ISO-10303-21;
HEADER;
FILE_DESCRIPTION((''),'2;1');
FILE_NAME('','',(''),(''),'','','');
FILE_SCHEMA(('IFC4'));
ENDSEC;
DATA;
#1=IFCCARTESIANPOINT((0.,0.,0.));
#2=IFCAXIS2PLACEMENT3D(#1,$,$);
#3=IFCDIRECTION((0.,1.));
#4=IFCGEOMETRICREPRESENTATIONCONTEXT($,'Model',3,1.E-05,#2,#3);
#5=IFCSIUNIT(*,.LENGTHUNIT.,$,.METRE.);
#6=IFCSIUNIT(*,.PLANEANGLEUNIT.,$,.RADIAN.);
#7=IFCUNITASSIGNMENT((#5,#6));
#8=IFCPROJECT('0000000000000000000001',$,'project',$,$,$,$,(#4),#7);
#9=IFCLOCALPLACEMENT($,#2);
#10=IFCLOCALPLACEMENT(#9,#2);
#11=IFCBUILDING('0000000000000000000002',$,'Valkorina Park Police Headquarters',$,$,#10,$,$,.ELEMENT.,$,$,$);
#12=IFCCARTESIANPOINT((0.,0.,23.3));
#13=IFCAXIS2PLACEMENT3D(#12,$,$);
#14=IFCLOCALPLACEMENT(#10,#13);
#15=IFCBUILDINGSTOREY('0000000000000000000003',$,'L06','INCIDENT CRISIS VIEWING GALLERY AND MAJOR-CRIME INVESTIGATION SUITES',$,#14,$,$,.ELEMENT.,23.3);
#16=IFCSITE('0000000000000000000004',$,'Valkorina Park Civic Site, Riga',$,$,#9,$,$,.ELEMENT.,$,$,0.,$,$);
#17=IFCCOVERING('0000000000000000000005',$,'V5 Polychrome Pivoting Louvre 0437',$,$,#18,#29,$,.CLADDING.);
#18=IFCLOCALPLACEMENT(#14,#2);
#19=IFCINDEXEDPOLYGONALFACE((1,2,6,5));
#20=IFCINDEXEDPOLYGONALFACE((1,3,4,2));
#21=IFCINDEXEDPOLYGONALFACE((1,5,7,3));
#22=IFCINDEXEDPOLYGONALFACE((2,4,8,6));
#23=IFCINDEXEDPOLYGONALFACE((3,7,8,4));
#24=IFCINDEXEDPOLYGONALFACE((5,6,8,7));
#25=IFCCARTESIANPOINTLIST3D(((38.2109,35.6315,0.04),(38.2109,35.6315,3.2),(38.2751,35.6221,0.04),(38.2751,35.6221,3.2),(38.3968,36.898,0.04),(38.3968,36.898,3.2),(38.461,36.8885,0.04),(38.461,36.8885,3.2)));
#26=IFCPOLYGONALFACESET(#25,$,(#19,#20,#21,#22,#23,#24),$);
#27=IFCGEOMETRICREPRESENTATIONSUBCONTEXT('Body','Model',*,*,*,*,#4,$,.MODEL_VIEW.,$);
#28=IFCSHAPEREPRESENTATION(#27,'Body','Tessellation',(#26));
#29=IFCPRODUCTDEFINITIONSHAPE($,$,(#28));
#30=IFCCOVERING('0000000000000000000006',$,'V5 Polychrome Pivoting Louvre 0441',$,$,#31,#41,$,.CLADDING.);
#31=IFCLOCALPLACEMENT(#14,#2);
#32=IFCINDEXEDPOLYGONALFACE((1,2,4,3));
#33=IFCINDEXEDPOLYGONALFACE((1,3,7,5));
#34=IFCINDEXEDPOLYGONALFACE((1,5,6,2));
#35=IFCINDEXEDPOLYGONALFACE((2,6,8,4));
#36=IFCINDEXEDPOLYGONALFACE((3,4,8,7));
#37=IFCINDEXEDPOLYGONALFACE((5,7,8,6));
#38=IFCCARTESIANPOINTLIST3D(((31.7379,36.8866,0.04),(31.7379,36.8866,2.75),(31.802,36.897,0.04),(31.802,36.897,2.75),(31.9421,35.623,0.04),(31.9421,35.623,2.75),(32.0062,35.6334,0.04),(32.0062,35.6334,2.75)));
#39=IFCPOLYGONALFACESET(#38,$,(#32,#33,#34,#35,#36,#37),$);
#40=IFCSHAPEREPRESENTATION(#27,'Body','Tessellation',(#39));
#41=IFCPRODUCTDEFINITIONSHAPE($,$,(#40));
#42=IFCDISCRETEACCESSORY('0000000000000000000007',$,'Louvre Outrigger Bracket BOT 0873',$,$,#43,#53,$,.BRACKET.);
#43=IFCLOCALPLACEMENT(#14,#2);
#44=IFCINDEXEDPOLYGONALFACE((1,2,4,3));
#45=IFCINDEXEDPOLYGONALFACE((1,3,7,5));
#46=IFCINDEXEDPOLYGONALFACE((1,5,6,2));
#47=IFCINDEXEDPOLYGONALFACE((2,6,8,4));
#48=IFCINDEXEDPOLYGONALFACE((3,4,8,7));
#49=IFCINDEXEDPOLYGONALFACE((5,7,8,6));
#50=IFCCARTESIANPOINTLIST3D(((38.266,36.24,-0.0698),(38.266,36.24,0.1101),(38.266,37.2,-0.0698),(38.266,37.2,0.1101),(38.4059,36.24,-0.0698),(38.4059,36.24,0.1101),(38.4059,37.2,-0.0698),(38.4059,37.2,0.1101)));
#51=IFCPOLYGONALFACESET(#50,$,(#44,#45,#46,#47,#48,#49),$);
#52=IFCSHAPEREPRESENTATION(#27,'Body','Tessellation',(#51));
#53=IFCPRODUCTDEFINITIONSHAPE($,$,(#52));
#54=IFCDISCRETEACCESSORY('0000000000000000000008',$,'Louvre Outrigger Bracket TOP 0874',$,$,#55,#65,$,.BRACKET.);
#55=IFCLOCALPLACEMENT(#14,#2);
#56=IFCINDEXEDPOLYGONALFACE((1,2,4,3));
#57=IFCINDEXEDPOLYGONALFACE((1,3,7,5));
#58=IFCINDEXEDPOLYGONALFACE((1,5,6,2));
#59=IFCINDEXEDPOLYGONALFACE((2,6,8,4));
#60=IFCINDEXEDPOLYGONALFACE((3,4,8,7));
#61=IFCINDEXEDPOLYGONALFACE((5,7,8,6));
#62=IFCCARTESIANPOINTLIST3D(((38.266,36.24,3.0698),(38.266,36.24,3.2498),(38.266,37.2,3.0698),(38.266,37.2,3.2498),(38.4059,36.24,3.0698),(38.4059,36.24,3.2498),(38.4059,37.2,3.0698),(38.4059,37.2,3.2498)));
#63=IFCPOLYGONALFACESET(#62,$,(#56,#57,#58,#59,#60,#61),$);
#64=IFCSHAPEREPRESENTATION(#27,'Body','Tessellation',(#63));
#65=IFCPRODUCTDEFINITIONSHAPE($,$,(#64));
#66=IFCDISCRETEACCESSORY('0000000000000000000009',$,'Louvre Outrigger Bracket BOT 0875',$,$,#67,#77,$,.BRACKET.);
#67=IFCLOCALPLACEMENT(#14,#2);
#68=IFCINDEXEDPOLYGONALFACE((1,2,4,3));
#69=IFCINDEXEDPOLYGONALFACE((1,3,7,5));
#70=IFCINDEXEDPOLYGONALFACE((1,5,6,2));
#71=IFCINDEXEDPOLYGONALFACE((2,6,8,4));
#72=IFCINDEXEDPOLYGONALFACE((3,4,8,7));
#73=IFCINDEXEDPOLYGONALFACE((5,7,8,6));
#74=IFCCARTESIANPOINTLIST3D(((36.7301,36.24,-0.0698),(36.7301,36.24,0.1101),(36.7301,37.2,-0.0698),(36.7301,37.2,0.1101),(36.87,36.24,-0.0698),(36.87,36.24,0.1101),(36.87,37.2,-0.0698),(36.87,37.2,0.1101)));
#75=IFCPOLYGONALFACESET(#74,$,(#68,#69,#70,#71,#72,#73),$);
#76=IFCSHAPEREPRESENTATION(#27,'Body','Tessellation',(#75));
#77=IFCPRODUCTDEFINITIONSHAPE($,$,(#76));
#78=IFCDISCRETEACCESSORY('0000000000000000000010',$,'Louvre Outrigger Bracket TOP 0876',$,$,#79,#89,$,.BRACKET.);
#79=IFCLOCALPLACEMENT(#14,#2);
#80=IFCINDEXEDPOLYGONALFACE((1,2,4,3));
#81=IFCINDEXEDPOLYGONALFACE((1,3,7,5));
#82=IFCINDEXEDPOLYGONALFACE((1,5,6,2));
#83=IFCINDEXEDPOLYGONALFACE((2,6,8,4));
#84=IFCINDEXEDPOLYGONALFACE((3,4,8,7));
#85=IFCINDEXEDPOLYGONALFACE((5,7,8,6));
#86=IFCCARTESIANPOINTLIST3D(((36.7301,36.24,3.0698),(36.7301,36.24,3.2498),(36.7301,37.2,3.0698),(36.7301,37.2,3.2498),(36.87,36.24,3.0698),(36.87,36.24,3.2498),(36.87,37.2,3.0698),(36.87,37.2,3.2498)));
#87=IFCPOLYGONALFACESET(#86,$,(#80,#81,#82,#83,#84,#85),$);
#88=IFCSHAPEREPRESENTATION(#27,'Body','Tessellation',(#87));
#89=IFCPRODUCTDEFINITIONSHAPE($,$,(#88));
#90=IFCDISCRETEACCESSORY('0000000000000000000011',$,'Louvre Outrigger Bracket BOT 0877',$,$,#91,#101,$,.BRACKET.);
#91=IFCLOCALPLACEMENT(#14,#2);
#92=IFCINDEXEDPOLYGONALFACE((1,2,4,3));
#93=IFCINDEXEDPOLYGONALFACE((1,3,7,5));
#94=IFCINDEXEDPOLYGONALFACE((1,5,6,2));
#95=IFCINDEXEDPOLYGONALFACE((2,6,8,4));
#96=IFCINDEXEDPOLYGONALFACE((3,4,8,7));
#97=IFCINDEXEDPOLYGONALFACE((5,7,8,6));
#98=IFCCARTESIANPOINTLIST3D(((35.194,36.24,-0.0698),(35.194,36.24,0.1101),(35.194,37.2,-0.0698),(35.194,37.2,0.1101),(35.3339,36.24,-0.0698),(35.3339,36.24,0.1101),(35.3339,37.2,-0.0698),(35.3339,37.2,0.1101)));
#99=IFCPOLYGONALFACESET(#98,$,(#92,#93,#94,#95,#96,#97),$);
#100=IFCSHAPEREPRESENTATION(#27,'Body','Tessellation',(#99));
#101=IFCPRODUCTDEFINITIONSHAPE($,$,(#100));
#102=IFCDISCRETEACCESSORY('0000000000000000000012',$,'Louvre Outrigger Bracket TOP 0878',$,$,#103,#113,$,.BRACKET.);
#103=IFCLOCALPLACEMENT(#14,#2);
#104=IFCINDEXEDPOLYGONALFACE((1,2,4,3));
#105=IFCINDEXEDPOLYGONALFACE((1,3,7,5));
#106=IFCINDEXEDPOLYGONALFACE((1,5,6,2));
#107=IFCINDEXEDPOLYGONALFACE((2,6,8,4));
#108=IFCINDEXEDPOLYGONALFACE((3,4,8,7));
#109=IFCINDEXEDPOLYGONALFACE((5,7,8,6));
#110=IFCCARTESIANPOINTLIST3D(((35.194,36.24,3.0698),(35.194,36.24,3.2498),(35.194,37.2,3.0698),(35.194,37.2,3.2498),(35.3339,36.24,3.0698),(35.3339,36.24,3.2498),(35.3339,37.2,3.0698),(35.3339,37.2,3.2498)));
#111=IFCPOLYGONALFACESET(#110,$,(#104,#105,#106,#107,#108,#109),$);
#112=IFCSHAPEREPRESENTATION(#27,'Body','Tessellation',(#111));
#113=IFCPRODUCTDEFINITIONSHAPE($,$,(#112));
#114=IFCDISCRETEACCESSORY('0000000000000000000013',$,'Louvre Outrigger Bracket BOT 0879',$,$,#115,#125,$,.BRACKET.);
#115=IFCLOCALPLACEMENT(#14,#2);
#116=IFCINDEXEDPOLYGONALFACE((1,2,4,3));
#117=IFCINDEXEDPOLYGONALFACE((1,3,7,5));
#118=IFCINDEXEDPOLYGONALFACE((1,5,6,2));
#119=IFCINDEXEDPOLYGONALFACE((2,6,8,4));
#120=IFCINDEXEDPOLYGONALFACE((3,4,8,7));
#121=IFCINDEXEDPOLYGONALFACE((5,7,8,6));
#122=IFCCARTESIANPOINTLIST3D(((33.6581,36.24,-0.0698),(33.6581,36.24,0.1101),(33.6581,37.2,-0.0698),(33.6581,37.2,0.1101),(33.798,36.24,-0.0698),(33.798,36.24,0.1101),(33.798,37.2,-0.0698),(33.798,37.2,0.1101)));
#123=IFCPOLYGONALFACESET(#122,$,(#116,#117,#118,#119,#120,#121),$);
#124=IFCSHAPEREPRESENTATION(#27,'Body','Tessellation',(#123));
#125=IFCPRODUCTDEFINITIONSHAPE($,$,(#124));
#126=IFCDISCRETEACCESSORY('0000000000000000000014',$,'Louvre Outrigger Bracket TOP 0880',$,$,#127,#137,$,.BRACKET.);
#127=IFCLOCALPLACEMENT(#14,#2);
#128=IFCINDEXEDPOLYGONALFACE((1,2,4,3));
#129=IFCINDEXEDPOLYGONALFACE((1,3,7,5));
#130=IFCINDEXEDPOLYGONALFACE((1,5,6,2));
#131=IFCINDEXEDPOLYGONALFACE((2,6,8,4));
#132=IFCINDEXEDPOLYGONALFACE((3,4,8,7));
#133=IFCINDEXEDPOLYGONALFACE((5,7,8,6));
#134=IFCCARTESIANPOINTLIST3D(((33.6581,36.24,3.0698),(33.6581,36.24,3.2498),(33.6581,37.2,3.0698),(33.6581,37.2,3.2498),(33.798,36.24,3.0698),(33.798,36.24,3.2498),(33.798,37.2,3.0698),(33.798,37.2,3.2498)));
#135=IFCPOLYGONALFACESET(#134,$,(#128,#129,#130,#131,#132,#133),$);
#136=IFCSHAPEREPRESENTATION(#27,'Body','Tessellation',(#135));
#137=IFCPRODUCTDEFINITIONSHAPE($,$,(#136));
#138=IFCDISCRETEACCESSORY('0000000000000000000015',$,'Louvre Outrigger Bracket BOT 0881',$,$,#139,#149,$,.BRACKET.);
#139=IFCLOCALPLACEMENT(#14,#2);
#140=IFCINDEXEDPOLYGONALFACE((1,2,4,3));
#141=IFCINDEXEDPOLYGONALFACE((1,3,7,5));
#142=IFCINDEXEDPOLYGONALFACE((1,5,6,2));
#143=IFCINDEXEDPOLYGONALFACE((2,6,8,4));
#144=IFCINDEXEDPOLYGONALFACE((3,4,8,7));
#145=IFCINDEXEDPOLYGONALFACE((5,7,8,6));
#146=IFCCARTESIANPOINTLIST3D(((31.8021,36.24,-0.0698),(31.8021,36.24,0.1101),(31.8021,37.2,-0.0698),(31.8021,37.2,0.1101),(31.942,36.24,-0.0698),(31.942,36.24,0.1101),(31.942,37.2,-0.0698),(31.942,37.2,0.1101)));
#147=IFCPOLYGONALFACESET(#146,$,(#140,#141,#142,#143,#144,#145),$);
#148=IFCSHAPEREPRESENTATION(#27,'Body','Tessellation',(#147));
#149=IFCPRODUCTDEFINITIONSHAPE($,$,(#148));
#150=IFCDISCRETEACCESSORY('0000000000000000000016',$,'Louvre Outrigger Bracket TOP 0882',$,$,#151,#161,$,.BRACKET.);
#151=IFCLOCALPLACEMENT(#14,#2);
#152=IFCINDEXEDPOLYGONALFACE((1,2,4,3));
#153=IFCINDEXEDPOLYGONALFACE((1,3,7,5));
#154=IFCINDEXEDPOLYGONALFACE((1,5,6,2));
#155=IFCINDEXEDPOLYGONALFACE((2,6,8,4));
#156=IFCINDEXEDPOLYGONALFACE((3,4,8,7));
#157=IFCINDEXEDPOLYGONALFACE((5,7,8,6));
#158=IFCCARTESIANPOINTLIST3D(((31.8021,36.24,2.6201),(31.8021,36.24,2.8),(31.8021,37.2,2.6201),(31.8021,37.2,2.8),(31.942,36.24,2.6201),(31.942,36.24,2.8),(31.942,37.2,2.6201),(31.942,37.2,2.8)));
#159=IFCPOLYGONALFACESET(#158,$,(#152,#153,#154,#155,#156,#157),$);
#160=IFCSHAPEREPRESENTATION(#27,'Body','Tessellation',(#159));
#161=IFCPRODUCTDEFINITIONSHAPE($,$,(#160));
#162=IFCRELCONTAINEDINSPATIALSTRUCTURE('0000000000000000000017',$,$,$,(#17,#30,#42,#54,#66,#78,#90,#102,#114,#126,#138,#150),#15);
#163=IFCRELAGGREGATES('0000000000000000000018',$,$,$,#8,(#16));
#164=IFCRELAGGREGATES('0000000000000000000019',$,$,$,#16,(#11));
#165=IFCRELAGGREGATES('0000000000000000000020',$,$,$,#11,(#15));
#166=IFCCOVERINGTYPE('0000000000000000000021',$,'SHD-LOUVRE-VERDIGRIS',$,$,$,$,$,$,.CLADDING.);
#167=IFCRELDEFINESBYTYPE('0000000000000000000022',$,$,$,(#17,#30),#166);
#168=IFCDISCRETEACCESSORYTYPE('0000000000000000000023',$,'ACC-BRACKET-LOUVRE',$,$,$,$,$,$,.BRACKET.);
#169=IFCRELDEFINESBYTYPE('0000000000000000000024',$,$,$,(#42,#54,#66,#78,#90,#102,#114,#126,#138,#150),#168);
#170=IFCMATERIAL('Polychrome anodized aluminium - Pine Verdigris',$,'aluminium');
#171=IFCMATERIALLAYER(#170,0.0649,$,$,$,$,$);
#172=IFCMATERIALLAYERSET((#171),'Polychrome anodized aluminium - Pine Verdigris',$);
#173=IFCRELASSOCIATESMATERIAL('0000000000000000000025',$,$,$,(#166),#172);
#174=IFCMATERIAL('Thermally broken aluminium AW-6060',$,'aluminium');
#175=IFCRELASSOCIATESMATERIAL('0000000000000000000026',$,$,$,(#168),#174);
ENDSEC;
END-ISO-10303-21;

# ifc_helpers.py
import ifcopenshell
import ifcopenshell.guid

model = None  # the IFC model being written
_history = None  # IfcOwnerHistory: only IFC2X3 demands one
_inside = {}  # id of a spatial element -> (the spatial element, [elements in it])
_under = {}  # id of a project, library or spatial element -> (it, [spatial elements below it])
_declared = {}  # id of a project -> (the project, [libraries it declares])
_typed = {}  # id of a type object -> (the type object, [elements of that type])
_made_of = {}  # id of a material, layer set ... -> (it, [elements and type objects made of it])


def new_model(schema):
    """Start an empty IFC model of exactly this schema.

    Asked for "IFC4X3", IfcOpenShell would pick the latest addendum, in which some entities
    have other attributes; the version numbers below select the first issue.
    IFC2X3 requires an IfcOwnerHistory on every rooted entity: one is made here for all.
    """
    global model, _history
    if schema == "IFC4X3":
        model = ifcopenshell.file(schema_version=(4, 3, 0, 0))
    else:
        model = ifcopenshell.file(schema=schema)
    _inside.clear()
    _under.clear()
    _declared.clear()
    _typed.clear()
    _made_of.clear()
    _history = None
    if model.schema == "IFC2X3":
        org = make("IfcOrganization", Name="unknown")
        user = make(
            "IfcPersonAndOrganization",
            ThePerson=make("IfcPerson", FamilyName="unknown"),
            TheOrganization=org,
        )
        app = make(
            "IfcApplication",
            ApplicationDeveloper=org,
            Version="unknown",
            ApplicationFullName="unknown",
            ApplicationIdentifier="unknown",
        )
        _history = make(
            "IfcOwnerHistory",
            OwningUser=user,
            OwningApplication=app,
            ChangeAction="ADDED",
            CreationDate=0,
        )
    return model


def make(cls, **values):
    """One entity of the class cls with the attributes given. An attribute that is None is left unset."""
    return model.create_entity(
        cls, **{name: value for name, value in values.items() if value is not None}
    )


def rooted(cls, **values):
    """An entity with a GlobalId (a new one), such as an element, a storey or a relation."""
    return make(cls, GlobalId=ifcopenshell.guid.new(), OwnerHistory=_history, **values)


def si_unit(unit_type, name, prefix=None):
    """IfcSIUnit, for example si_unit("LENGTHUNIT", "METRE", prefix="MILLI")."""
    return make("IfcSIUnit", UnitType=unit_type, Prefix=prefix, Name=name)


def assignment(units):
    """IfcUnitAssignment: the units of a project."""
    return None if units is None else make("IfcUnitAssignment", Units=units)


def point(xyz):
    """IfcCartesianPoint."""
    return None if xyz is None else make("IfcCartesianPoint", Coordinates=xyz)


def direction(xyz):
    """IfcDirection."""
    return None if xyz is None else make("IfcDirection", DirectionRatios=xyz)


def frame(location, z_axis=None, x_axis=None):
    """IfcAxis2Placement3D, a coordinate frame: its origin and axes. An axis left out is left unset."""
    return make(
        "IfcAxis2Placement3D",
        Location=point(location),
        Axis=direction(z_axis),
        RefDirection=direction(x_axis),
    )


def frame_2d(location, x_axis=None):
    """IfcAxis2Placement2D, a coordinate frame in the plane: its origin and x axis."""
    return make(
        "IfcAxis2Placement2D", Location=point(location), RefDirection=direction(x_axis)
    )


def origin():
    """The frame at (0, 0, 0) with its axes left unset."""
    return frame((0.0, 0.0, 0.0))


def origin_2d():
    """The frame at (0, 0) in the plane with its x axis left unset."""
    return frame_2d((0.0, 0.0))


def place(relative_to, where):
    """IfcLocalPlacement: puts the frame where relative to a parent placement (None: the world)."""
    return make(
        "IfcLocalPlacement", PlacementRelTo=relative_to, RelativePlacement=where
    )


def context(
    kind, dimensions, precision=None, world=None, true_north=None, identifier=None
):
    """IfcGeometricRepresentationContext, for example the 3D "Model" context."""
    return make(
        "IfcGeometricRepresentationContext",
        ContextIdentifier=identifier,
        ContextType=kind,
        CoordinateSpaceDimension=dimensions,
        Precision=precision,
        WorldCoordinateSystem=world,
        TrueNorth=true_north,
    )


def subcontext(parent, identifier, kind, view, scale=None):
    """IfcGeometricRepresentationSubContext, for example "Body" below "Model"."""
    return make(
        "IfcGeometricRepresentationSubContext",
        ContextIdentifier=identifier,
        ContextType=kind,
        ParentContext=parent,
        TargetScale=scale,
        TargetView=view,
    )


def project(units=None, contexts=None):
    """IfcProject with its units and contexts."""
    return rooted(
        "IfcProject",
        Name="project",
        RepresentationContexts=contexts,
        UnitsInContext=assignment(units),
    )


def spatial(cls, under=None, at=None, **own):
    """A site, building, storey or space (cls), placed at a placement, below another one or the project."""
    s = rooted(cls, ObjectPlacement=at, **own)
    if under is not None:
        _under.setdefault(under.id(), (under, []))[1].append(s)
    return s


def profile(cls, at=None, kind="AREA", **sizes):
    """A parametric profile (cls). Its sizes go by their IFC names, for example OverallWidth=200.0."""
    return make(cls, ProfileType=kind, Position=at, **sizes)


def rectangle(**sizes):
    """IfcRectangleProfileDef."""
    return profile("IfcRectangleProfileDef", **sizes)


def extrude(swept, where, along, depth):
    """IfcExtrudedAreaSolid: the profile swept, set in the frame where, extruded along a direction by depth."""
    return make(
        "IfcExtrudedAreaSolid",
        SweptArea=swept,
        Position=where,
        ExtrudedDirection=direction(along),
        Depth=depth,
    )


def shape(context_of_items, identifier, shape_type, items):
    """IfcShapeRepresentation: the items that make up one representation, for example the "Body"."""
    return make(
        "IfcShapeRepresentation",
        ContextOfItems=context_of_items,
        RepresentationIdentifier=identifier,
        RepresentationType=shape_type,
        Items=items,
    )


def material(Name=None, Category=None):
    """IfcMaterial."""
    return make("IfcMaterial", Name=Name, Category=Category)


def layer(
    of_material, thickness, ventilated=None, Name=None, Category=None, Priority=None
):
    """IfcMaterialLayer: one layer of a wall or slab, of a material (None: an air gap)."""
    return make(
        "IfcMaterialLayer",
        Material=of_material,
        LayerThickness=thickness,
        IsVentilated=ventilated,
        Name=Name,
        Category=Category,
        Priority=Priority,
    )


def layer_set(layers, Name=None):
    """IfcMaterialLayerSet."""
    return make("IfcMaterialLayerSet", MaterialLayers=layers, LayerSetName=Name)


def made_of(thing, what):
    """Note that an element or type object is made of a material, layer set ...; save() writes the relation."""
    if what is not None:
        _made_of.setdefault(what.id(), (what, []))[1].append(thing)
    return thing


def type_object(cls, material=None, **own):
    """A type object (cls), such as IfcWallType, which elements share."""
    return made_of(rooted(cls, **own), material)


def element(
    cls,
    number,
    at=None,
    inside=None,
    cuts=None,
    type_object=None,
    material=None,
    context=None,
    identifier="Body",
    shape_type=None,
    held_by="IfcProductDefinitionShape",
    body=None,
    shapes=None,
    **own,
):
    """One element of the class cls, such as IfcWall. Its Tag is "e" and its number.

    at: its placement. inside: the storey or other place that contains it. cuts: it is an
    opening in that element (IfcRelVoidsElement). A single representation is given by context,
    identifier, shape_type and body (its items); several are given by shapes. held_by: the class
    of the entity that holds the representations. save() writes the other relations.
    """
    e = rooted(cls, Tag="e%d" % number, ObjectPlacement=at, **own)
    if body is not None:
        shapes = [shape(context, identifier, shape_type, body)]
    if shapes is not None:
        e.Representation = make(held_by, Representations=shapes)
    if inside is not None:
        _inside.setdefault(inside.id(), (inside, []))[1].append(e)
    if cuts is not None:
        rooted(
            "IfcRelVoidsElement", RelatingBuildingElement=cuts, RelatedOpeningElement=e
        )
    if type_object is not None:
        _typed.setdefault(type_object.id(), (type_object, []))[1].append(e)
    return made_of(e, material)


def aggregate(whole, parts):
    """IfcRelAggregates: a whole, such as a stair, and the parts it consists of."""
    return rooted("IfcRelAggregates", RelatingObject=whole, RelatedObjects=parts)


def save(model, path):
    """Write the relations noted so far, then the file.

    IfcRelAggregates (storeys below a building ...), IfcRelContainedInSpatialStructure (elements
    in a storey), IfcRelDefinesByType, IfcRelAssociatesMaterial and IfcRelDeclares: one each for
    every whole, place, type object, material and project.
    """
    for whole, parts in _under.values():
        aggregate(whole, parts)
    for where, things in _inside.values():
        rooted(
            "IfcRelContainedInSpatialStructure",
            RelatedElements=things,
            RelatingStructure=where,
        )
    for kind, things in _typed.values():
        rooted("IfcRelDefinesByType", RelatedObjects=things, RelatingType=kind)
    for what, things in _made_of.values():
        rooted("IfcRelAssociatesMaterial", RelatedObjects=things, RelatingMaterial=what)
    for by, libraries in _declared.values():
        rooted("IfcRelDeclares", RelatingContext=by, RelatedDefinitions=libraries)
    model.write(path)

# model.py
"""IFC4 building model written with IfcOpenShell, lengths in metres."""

from ifc_helpers import new_model, si_unit, direction, frame, origin, origin_2d, place, context, subcontext, project, spatial, rectangle, extrude, material, layer, layer_set, type_object, element, save


model = new_model("IFC4")

# Units and contexts
model_context = context("Model", 3, precision=1e-05, world=origin(), true_north=direction((0.0, 1.0)))
body_context = subcontext(model_context, "Body", "Model", "MODEL_VIEW")
ifc_project = project(units=[si_unit("LENGTHUNIT", "METRE"), si_unit("PLANEANGLEUNIT", "RADIAN")], contexts=[model_context])

# Site, building, storey
site_placement = place(None, origin())
site = spatial("IfcSite", under=ifc_project, at=site_placement, Name="Valkorina Park Civic Site, Riga", CompositionType="ELEMENT", RefElevation=0.0)
building_placement = place(site_placement, origin())
building = spatial("IfcBuilding", under=site, at=building_placement, Name="Valkorina Park Police Headquarters", CompositionType="ELEMENT")
storey_placement = place(building_placement, frame((0.0, 0.0, 23.3)))
storey = spatial("IfcBuildingStorey", under=building, at=storey_placement, Name="L06", Description="INCIDENT CRISIS VIEWING GALLERY AND MAJOR-CRIME INVESTIGATION SUITES", CompositionType="ELEMENT", Elevation=23.3)

# Shared definitions
ifc_material_1 = material(Name="Thermally broken aluminium AW-6060", Category="aluminium")

# Coverings
ifc_material_2 = material(Name="Polychrome anodized aluminium - Pine Verdigris", Category="aluminium")
ifc_layer_1 = layer(ifc_material_2, 0.0649)
ifc_layer_set_1 = layer_set([ifc_layer_1], Name="Polychrome anodized aluminium - Pine Verdigris")
covering_type_1 = type_object("IfcCoveringType", Name="SHD-LOUVRE-VERDIGRIS", PredefinedType="CLADDING", material=ifc_layer_set_1)
covering_1_placement = place(storey_placement, frame((38.3359, 36.26, 0.04), z_axis=(0.0, 0.0, 1.0), x_axis=(-0.14522, -0.989399, 0.0)))
element("IfcCovering", 1, at=covering_1_placement, inside=storey, type_object=covering_type_1, Name="V5 Polychrome Pivoting Louvre 0437", PredefinedType="CLADDING", context=body_context, shape_type="SweptSolid", body=[
    extrude(rectangle(XDim=1.28, YDim=0.0649, at=origin_2d()), origin(), (0.0, 0.0, 1.0), 3.1599),
])
covering_2_placement = place(storey_placement, frame((31.8721, 36.26, 0.04), z_axis=(0.0, 0.0, 1.0), x_axis=(0.159537, -0.987192, 0.0)))
element("IfcCovering", 2, at=covering_2_placement, inside=storey, type_object=covering_type_1, Name="V5 Polychrome Pivoting Louvre 0441", PredefinedType="CLADDING", context=body_context, shape_type="SweptSolid", body=[
    extrude(rectangle(XDim=1.28, YDim=0.0649, at=origin_2d()), origin(), (0.0, 0.0, 1.0), 2.71),
])

# Discrete accessories
discrete_accessory_type = type_object("IfcDiscreteAccessoryType", Name="ACC-BRACKET-LOUVRE", PredefinedType="BRACKET", material=ifc_material_1)
for number, where, z_axis, x_axis, name in (
    (3, (38.3359, 36.72, -0.0698), (0.0, 0.0, 1.0), (0.0, -1.0, 0.0), "Louvre Outrigger Bracket BOT 0873"),
    (4, (38.3359, 36.72, 3.0698), (0.0, 0.0, 1.0), (0.0, -1.0, 0.0), "Louvre Outrigger Bracket TOP 0874"),
    (5, (36.8, 36.72, -0.0698), (0.0, 0.0, 1.0), (0.0, -1.0, 0.0), "Louvre Outrigger Bracket BOT 0875"),
    (6, (36.8, 36.72, 3.0698), (0.0, 0.0, 1.0), (0.0, -1.0, 0.0), "Louvre Outrigger Bracket TOP 0876"),
    (7, (35.2639, 36.72, -0.0698), (0.0, 0.0, 1.0), (0.0, -1.0, 0.0), "Louvre Outrigger Bracket BOT 0877"),
    (8, (35.2639, 36.72, 3.0698), (0.0, 0.0, 1.0), (0.0, -1.0, 0.0), "Louvre Outrigger Bracket TOP 0878"),
    (9, (33.728, 36.72, -0.0698), (0.0, 0.0, 1.0), (0.0, -1.0, 0.0), "Louvre Outrigger Bracket BOT 0879"),
    (10, (33.728, 36.72, 3.0698), (0.0, 0.0, 1.0), (0.0, -1.0, 0.0), "Louvre Outrigger Bracket TOP 0880"),
    (11, (31.8721, 36.72, -0.0698), (0.0, 0.0, 1.0), (0.0, -1.0, 0.0), "Louvre Outrigger Bracket BOT 0881"),
    (12, (31.8721, 36.72, 2.6201), (0.0, 0.0, 1.0), (0.0, -1.0, 0.0), "Louvre Outrigger Bracket TOP 0882"),
):
    element("IfcDiscreteAccessory", number, at=place(storey_placement, frame(where, z_axis=z_axis, x_axis=x_axis)), inside=storey, type_object=discrete_accessory_type, Name=name, PredefinedType="BRACKET", context=body_context, shape_type="SweptSolid", body=[
        extrude(rectangle(XDim=0.96, YDim=0.1399, at=origin_2d()), origin(), (0.0, 0.0, 1.0), 0.1799),
    ])

save(model, "model.ifc")
